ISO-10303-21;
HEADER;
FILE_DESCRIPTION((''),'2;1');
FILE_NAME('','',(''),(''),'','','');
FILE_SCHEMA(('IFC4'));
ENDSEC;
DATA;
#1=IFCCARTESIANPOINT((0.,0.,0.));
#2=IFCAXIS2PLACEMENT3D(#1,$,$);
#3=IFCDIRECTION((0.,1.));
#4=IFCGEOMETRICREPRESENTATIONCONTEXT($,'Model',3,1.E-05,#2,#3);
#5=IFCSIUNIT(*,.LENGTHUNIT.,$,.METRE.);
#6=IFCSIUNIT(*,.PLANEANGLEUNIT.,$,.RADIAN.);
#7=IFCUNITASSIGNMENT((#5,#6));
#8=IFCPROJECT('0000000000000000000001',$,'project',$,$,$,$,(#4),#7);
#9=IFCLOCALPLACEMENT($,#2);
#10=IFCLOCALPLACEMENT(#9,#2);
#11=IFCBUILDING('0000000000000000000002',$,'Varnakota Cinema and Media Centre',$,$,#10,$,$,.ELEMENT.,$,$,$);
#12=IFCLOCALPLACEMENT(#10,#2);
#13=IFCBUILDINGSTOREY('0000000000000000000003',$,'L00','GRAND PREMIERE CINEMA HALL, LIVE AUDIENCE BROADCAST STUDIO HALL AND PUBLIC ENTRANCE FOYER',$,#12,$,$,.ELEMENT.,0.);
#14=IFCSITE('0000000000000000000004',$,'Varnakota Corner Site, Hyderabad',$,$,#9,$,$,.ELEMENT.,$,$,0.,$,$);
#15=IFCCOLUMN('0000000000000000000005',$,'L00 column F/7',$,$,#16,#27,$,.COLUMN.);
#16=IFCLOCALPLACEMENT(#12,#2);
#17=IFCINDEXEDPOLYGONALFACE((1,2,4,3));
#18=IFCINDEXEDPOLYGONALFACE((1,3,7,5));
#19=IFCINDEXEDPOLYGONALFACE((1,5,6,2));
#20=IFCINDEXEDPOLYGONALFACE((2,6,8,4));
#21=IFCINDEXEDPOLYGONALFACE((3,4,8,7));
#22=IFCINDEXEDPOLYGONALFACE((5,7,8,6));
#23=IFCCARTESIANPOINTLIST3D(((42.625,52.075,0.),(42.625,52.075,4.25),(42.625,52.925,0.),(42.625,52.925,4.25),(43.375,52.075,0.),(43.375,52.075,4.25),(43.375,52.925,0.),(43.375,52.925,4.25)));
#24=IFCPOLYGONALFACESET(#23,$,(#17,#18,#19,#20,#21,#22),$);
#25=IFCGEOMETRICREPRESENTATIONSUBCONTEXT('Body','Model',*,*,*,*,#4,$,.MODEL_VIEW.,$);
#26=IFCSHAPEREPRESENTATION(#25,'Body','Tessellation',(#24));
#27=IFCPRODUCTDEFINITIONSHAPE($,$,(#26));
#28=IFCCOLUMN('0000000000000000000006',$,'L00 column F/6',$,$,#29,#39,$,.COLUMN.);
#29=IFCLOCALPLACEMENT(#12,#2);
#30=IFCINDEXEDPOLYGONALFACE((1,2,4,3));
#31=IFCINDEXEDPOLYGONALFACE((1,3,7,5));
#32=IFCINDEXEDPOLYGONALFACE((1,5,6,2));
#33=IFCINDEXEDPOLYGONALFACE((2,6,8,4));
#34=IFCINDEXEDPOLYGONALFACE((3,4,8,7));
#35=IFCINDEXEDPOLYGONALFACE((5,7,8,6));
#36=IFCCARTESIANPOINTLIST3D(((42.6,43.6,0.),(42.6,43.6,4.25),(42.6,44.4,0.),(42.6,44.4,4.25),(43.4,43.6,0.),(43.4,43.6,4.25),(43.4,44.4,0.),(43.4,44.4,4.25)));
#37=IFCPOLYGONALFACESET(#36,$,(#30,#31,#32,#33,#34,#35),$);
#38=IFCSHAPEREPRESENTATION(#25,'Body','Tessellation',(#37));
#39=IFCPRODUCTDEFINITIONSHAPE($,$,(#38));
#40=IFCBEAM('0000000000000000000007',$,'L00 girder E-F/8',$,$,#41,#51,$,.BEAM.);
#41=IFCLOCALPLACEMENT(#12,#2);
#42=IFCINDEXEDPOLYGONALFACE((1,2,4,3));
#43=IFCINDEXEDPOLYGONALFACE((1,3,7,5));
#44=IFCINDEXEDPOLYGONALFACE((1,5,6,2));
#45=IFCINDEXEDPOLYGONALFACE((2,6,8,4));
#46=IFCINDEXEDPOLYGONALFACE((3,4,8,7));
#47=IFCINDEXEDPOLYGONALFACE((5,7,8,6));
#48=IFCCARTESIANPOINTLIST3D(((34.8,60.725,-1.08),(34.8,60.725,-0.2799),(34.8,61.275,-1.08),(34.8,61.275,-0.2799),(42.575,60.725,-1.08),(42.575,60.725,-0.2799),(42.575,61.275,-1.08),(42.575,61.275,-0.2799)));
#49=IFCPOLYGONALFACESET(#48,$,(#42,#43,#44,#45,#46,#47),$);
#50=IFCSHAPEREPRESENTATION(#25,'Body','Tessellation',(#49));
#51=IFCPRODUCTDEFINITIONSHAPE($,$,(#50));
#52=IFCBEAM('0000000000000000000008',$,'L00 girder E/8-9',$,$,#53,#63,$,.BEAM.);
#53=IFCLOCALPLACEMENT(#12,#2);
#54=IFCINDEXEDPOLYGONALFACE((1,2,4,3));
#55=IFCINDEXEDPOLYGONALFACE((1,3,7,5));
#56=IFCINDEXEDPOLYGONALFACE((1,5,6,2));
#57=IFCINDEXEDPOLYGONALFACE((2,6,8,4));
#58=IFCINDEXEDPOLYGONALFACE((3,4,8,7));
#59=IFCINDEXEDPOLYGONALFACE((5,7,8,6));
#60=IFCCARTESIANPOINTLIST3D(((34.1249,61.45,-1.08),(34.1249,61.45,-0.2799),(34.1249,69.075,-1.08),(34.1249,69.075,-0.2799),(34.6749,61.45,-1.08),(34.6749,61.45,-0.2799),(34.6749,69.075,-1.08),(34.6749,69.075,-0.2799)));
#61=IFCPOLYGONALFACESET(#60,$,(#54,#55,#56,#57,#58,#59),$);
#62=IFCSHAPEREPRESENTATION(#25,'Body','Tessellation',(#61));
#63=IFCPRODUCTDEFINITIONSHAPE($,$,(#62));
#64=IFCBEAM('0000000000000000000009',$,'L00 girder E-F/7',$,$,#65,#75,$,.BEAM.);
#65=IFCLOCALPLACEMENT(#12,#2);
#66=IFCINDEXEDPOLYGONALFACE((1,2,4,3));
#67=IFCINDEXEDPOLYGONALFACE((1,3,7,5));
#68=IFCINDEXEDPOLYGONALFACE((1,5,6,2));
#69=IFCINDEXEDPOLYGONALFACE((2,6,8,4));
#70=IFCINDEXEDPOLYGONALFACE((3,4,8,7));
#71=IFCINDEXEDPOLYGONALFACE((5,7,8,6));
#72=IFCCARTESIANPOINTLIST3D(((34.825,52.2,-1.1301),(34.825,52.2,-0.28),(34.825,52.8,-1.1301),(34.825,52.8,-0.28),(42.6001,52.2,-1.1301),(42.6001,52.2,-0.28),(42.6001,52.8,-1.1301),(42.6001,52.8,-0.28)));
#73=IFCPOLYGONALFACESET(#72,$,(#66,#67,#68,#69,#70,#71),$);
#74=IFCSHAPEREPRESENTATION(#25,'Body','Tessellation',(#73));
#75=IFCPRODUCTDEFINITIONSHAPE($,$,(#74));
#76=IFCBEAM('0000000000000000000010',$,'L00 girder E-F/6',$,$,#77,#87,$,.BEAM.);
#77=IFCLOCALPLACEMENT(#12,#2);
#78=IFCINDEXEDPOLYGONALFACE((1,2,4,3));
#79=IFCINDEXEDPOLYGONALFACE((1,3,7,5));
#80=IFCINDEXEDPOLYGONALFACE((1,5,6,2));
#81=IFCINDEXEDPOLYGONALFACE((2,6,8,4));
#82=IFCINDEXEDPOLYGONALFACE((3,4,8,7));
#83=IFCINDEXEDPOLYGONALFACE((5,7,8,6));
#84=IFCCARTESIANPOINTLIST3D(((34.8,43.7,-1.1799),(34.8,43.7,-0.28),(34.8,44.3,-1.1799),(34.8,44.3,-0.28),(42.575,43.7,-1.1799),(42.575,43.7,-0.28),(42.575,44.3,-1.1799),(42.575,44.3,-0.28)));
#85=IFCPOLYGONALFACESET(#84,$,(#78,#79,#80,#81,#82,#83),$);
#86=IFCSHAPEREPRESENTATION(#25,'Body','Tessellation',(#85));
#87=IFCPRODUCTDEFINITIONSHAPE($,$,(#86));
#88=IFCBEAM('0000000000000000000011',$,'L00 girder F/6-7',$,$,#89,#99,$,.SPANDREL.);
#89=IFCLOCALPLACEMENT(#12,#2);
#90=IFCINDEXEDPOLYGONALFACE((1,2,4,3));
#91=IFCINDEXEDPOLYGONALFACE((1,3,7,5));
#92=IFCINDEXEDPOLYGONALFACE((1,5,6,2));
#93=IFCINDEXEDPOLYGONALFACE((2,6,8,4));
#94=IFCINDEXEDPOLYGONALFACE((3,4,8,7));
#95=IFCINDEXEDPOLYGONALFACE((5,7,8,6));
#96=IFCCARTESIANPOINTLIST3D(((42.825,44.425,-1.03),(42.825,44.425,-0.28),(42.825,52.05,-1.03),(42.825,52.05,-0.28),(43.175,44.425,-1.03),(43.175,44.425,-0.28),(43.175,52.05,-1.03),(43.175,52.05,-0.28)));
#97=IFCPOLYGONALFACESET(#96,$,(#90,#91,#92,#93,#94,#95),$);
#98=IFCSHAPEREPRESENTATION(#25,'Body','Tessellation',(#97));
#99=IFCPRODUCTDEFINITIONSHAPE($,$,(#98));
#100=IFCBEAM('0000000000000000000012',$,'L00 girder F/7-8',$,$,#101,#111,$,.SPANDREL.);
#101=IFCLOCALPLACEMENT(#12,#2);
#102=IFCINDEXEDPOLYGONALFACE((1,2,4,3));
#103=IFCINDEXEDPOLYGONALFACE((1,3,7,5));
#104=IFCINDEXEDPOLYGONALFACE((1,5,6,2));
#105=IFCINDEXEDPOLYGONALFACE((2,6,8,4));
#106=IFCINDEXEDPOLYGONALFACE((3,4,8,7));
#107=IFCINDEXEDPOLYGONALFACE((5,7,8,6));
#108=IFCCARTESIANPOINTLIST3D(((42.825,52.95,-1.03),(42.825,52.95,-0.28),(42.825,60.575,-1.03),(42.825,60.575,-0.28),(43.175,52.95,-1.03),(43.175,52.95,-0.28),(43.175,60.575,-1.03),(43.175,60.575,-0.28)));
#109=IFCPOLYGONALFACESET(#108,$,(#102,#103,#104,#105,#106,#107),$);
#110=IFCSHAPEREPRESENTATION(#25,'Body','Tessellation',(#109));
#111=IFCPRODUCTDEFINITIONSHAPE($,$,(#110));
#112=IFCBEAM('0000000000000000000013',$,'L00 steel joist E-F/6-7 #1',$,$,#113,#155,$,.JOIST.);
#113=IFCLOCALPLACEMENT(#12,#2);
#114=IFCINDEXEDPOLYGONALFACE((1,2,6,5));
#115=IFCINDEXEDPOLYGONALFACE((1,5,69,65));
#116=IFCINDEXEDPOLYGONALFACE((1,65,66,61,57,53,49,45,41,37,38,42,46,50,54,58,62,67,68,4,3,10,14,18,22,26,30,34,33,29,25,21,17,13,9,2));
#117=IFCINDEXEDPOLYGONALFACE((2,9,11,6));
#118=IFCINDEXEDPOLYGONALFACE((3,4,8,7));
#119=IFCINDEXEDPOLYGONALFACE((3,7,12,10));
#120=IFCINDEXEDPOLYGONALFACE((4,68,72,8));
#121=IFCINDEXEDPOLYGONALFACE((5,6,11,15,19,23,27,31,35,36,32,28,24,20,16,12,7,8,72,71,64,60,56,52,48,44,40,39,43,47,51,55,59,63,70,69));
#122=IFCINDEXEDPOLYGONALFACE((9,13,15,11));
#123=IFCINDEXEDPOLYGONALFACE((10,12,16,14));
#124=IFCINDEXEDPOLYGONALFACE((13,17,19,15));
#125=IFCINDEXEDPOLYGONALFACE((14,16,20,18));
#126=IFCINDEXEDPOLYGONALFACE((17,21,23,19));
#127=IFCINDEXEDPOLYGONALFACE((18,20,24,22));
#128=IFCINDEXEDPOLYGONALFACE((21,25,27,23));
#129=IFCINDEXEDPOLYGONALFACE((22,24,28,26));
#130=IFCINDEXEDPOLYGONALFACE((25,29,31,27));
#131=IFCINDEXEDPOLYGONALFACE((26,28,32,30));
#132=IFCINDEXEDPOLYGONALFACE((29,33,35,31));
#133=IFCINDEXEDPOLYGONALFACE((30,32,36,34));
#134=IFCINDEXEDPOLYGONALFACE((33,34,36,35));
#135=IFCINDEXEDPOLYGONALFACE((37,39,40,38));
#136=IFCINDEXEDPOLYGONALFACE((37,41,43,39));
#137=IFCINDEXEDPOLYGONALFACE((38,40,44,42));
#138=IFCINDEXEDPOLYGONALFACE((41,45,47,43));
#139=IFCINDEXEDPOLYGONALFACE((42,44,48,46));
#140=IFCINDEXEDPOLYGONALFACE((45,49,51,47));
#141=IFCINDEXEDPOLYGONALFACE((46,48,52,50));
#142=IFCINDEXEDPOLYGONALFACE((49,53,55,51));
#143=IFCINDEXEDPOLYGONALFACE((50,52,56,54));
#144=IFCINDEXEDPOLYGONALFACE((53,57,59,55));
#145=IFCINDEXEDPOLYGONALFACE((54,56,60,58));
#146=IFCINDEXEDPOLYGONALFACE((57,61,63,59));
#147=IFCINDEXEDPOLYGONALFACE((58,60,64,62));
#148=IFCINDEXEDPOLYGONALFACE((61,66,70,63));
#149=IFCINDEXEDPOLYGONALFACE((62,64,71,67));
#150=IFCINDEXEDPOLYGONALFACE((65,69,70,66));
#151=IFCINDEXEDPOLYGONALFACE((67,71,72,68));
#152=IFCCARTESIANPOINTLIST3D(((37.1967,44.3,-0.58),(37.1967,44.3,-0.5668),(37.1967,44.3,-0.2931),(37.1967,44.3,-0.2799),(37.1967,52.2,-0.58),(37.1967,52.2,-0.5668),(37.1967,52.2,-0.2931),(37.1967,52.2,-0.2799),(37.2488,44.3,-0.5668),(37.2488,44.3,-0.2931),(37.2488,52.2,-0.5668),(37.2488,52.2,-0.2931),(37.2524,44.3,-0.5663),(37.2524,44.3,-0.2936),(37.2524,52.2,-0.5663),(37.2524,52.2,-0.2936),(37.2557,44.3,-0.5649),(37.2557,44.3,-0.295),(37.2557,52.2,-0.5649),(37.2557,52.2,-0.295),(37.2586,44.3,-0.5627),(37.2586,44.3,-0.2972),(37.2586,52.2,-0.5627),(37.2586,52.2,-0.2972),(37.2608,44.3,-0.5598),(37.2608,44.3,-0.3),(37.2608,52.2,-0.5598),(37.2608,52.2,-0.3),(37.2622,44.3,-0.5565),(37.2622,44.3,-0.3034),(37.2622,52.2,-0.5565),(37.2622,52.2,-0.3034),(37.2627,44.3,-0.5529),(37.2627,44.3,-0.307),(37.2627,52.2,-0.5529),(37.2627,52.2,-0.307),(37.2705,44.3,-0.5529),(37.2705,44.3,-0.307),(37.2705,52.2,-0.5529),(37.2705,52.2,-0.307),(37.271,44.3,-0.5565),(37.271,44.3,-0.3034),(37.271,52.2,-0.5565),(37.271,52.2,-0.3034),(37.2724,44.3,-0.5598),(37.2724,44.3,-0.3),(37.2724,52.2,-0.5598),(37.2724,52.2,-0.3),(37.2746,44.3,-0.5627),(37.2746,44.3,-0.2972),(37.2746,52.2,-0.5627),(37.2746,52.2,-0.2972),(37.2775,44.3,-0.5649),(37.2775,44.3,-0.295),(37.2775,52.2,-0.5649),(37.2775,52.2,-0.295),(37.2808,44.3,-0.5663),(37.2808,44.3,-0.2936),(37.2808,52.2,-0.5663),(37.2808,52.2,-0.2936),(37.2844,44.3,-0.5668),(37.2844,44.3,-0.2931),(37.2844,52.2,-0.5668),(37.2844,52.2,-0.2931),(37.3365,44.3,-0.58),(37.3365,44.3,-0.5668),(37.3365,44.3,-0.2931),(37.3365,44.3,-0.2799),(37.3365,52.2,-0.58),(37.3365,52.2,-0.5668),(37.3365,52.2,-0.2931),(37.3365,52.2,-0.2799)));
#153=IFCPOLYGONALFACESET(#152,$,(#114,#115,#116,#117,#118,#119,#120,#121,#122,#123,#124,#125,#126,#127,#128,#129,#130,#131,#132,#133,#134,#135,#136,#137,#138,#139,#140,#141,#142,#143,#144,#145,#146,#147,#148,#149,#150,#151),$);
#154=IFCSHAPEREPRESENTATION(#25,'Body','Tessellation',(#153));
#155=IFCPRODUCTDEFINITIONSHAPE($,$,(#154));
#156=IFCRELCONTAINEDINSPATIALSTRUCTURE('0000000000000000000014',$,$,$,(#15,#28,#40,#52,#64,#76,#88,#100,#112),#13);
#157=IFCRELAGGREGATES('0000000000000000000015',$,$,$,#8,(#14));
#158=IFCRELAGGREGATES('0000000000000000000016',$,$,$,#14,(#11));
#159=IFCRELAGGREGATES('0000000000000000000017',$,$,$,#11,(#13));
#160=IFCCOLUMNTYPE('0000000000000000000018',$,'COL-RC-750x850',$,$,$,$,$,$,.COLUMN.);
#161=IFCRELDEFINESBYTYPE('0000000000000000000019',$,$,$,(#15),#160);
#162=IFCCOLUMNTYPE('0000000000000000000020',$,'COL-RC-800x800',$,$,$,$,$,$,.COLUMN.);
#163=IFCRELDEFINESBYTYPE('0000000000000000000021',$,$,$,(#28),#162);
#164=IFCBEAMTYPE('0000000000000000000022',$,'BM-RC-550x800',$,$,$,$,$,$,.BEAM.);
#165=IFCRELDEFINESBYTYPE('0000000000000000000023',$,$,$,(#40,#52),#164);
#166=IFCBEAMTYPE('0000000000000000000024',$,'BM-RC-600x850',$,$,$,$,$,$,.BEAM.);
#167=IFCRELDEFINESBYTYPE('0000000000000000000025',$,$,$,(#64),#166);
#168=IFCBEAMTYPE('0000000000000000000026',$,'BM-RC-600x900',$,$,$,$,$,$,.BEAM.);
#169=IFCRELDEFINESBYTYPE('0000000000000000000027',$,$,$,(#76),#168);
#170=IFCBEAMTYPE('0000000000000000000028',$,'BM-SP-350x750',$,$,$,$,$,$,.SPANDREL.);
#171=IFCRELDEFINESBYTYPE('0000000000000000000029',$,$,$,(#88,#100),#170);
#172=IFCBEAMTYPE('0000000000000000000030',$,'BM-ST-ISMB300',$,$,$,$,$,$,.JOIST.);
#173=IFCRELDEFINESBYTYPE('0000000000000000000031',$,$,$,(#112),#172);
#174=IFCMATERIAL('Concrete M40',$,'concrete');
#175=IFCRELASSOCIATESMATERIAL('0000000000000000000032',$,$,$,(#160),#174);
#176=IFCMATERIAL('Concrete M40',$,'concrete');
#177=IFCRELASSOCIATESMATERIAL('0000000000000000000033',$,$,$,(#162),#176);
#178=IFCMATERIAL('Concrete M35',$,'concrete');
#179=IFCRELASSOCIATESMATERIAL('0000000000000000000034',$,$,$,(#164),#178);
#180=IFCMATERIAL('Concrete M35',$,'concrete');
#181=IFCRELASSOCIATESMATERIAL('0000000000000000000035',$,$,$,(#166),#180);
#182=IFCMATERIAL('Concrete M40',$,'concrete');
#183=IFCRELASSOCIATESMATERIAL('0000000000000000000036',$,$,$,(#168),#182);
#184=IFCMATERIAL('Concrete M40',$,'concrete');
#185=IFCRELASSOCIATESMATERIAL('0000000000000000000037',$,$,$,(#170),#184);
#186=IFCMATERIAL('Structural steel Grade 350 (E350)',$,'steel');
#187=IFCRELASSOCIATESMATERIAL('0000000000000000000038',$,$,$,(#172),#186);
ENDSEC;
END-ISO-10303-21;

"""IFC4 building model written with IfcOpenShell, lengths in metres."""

from ifc_helpers import new_model, si_unit, direction, frame, origin, origin_2d, place, context, subcontext, project, spatial, rectangle, i_section, extrude, material, material_profile, profile_set, type_object, element, save


model = new_model("IFC4")

# Units and contexts
model_context = context("Model", 3, precision=1e-05, world=origin(), true_north=direction((0.0, 1.0)))
body_context = subcontext(model_context, "Body", "Model", "MODEL_VIEW")
ifc_project = project(units=[si_unit("LENGTHUNIT", "METRE"), si_unit("PLANEANGLEUNIT", "RADIAN")], contexts=[model_context])

# Site, building, storey
site_placement = place(None, origin())
site = spatial("IfcSite", under=ifc_project, at=site_placement, Name="Varnakota Corner Site, Hyderabad", CompositionType="ELEMENT", RefElevation=0.0)
building_placement = place(site_placement, origin())
building = spatial("IfcBuilding", under=site, at=building_placement, Name="Varnakota Cinema and Media Centre", CompositionType="ELEMENT")
storey_placement = place(building_placement, origin())
storey = spatial("IfcBuildingStorey", under=building, at=storey_placement, Name="L00", Description="GRAND PREMIERE CINEMA HALL, LIVE AUDIENCE BROADCAST STUDIO HALL AND PUBLIC ENTRANCE FOYER", CompositionType="ELEMENT", Elevation=0.0)

# Columns
ifc_material_1 = material(Name="Concrete M40", Category="concrete")
ifc_material_profile_1 = material_profile(ifc_material_1, rectangle(XDim=0.75, YDim=0.8501, at=origin_2d()), Name="RC 750x850")
ifc_profile_set_1 = profile_set([ifc_material_profile_1], Name="Concrete M40")
column_type_1 = type_object("IfcColumnType", Name="COL-RC-750x850", PredefinedType="COLUMN", material=ifc_profile_set_1)
column_1_placement = place(storey_placement, frame((43.0, 52.5, 0.0), z_axis=(0.0, 0.0, 1.0), x_axis=(1.0, 0.0, 0.0)))
element("IfcColumn", 1, at=column_1_placement, inside=storey, type_object=column_type_1, Name="L00 column F/7", PredefinedType="COLUMN", context=body_context, shape_type="SweptSolid", body=[
    extrude(rectangle(XDim=0.75, YDim=0.8501, at=origin_2d()), origin(), (0.0, 0.0, 1.0), 4.25),
])
ifc_material_2 = material(Name="Concrete M40", Category="concrete")
ifc_material_profile_2 = material_profile(ifc_material_2, rectangle(XDim=0.8, YDim=0.8, at=origin_2d()), Name="RC 800x800")
ifc_profile_set_2 = profile_set([ifc_material_profile_2], Name="Concrete M40")
column_type_2 = type_object("IfcColumnType", Name="COL-RC-800x800", PredefinedType="COLUMN", material=ifc_profile_set_2)
column_2_placement = place(storey_placement, frame((43.0, 44.0, 0.0), z_axis=(0.0, 0.0, 1.0), x_axis=(1.0, 0.0, 0.0)))
element("IfcColumn", 2, at=column_2_placement, inside=storey, type_object=column_type_2, Name="L00 column F/6", PredefinedType="COLUMN", context=body_context, shape_type="SweptSolid", body=[
    extrude(rectangle(XDim=0.8, YDim=0.8, at=origin_2d()), origin(), (0.0, 0.0, 1.0), 4.25),
])

# Beams
ifc_material_3 = material(Name="Concrete M35", Category="concrete")
ifc_material_profile_3 = material_profile(ifc_material_3, rectangle(XDim=0.55, YDim=0.8, at=origin_2d()), Name="RCB 550x800")
ifc_profile_set_3 = profile_set([ifc_material_profile_3], Name="Concrete M35")
beam_type_1 = type_object("IfcBeamType", Name="BM-RC-550x800", PredefinedType="BEAM", material=ifc_profile_set_3)
beam_1_placement = place(storey_placement, frame((34.8, 61.0, -0.6799), z_axis=(1.0, 0.0, 0.0), x_axis=(0.0, 1.0, 0.0)))
element("IfcBeam", 3, at=beam_1_placement, inside=storey, type_object=beam_type_1, Name="L00 girder E-F/8", PredefinedType="BEAM", context=body_context, shape_type="SweptSolid", body=[
    extrude(rectangle(XDim=0.55, YDim=0.8, at=origin_2d()), origin(), (0.0, 0.0, 1.0), 7.7749),
])
beam_2_placement = place(storey_placement, frame((34.3999, 61.45, -0.6799), z_axis=(0.0, 1.0, 0.0), x_axis=(-1.0, 0.0, 0.0)))
element("IfcBeam", 4, at=beam_2_placement, inside=storey, type_object=beam_type_1, Name="L00 girder E/8-9", PredefinedType="BEAM", context=body_context, shape_type="SweptSolid", body=[
    extrude(rectangle(XDim=0.55, YDim=0.8, at=origin_2d()), origin(), (0.0, 0.0, 1.0), 7.625),
])
ifc_material_4 = material(Name="Concrete M35", Category="concrete")
ifc_material_profile_4 = material_profile(ifc_material_4, rectangle(XDim=0.6001, YDim=0.8501, at=origin_2d()), Name="RCB 600x850")
ifc_profile_set_4 = profile_set([ifc_material_profile_4], Name="Concrete M35")
beam_type_2 = type_object("IfcBeamType", Name="BM-RC-600x850", PredefinedType="BEAM", material=ifc_profile_set_4)
beam_3_placement = place(storey_placement, frame((34.825, 52.5, -0.7051), z_axis=(1.0, 0.0, 0.0), x_axis=(0.0, 1.0, 0.0)))
element("IfcBeam", 5, at=beam_3_placement, inside=storey, type_object=beam_type_2, Name="L00 girder E-F/7", PredefinedType="BEAM", context=body_context, shape_type="SweptSolid", body=[
    extrude(rectangle(XDim=0.6001, YDim=0.8501, at=origin_2d()), origin(), (0.0, 0.0, 1.0), 7.7751),
])
ifc_material_5 = material(Name="Concrete M40", Category="concrete")
ifc_material_profile_5 = material_profile(ifc_material_5, rectangle(XDim=0.6001, YDim=0.8999, at=origin_2d()), Name="RCB 600x900")
ifc_profile_set_5 = profile_set([ifc_material_profile_5], Name="Concrete M40")
beam_type_3 = type_object("IfcBeamType", Name="BM-RC-600x900", PredefinedType="BEAM", material=ifc_profile_set_5)
beam_4_placement = place(storey_placement, frame((34.8, 44.0, -0.73), z_axis=(1.0, 0.0, 0.0), x_axis=(0.0, 1.0, 0.0)))
element("IfcBeam", 6, at=beam_4_placement, inside=storey, type_object=beam_type_3, Name="L00 girder E-F/6", PredefinedType="BEAM", context=body_context, shape_type="SweptSolid", body=[
    extrude(rectangle(XDim=0.6001, YDim=0.8999, at=origin_2d()), origin(), (0.0, 0.0, 1.0), 7.7749),
])
ifc_material_6 = material(Name="Concrete M40", Category="concrete")
ifc_material_profile_6 = material_profile(ifc_material_6, rectangle(XDim=0.3501, YDim=0.75, at=origin_2d()), Name="RCB 350x750")
ifc_profile_set_6 = profile_set([ifc_material_profile_6], Name="Concrete M40")
beam_type_4 = type_object("IfcBeamType", Name="BM-SP-350x750", PredefinedType="SPANDREL", material=ifc_profile_set_6)
for number, where, z_axis, x_axis, name in (
    (7, (43.0, 44.425, -0.655), (0.0, 1.0, 0.0), (-1.0, 0.0, 0.0), "L00 girder F/6-7"),
    (8, (43.0, 52.95, -0.655), (0.0, 1.0, 0.0), (-1.0, 0.0, 0.0), "L00 girder F/7-8"),
):
    element("IfcBeam", number, at=place(storey_placement, frame(where, z_axis=z_axis, x_axis=x_axis)), inside=storey, type_object=beam_type_4, Name=name, PredefinedType="SPANDREL", context=body_context, shape_type="SweptSolid", body=[
        extrude(rectangle(XDim=0.3501, YDim=0.75, at=origin_2d()), origin(), (0.0, 0.0, 1.0), 7.625),
    ])
ifc_material_7 = material(Name="Structural steel Grade 350 (E350)", Category="steel")
ifc_material_profile_7 = material_profile(ifc_material_7, i_section(OverallWidth=0.1399, OverallDepth=0.3, WebThickness=0.0078, FlangeThickness=0.0132, FilletRadius=0.0139, at=origin_2d()), Name="ISMB 300")
ifc_profile_set_7 = profile_set([ifc_material_profile_7], Name="Structural steel Grade 350 (E350)")
beam_type_5 = type_object("IfcBeamType", Name="BM-ST-ISMB300", PredefinedType="JOIST", material=ifc_profile_set_7)
for number, where, z_axis, x_axis, name in (
    (9, (37.2666, 44.3, -0.4299), (0.0, 1.0, 0.0), (-1.0, 0.0, 0.0), "L00 steel joist E-F/6-7 #1"),
):
    element("IfcBeam", number, at=place(storey_placement, frame(where, z_axis=z_axis, x_axis=x_axis)), inside=storey, type_object=beam_type_5, Name=name, PredefinedType="JOIST", context=body_context, shape_type="SweptSolid", body=[
        extrude(i_section(OverallWidth=0.1399, OverallDepth=0.3, WebThickness=0.0078, FlangeThickness=0.0132, FilletRadius=0.0139, at=origin_2d()), origin(), (0.0, 0.0, 1.0), 7.8999),
    ])

save(model, "model.ifc")
